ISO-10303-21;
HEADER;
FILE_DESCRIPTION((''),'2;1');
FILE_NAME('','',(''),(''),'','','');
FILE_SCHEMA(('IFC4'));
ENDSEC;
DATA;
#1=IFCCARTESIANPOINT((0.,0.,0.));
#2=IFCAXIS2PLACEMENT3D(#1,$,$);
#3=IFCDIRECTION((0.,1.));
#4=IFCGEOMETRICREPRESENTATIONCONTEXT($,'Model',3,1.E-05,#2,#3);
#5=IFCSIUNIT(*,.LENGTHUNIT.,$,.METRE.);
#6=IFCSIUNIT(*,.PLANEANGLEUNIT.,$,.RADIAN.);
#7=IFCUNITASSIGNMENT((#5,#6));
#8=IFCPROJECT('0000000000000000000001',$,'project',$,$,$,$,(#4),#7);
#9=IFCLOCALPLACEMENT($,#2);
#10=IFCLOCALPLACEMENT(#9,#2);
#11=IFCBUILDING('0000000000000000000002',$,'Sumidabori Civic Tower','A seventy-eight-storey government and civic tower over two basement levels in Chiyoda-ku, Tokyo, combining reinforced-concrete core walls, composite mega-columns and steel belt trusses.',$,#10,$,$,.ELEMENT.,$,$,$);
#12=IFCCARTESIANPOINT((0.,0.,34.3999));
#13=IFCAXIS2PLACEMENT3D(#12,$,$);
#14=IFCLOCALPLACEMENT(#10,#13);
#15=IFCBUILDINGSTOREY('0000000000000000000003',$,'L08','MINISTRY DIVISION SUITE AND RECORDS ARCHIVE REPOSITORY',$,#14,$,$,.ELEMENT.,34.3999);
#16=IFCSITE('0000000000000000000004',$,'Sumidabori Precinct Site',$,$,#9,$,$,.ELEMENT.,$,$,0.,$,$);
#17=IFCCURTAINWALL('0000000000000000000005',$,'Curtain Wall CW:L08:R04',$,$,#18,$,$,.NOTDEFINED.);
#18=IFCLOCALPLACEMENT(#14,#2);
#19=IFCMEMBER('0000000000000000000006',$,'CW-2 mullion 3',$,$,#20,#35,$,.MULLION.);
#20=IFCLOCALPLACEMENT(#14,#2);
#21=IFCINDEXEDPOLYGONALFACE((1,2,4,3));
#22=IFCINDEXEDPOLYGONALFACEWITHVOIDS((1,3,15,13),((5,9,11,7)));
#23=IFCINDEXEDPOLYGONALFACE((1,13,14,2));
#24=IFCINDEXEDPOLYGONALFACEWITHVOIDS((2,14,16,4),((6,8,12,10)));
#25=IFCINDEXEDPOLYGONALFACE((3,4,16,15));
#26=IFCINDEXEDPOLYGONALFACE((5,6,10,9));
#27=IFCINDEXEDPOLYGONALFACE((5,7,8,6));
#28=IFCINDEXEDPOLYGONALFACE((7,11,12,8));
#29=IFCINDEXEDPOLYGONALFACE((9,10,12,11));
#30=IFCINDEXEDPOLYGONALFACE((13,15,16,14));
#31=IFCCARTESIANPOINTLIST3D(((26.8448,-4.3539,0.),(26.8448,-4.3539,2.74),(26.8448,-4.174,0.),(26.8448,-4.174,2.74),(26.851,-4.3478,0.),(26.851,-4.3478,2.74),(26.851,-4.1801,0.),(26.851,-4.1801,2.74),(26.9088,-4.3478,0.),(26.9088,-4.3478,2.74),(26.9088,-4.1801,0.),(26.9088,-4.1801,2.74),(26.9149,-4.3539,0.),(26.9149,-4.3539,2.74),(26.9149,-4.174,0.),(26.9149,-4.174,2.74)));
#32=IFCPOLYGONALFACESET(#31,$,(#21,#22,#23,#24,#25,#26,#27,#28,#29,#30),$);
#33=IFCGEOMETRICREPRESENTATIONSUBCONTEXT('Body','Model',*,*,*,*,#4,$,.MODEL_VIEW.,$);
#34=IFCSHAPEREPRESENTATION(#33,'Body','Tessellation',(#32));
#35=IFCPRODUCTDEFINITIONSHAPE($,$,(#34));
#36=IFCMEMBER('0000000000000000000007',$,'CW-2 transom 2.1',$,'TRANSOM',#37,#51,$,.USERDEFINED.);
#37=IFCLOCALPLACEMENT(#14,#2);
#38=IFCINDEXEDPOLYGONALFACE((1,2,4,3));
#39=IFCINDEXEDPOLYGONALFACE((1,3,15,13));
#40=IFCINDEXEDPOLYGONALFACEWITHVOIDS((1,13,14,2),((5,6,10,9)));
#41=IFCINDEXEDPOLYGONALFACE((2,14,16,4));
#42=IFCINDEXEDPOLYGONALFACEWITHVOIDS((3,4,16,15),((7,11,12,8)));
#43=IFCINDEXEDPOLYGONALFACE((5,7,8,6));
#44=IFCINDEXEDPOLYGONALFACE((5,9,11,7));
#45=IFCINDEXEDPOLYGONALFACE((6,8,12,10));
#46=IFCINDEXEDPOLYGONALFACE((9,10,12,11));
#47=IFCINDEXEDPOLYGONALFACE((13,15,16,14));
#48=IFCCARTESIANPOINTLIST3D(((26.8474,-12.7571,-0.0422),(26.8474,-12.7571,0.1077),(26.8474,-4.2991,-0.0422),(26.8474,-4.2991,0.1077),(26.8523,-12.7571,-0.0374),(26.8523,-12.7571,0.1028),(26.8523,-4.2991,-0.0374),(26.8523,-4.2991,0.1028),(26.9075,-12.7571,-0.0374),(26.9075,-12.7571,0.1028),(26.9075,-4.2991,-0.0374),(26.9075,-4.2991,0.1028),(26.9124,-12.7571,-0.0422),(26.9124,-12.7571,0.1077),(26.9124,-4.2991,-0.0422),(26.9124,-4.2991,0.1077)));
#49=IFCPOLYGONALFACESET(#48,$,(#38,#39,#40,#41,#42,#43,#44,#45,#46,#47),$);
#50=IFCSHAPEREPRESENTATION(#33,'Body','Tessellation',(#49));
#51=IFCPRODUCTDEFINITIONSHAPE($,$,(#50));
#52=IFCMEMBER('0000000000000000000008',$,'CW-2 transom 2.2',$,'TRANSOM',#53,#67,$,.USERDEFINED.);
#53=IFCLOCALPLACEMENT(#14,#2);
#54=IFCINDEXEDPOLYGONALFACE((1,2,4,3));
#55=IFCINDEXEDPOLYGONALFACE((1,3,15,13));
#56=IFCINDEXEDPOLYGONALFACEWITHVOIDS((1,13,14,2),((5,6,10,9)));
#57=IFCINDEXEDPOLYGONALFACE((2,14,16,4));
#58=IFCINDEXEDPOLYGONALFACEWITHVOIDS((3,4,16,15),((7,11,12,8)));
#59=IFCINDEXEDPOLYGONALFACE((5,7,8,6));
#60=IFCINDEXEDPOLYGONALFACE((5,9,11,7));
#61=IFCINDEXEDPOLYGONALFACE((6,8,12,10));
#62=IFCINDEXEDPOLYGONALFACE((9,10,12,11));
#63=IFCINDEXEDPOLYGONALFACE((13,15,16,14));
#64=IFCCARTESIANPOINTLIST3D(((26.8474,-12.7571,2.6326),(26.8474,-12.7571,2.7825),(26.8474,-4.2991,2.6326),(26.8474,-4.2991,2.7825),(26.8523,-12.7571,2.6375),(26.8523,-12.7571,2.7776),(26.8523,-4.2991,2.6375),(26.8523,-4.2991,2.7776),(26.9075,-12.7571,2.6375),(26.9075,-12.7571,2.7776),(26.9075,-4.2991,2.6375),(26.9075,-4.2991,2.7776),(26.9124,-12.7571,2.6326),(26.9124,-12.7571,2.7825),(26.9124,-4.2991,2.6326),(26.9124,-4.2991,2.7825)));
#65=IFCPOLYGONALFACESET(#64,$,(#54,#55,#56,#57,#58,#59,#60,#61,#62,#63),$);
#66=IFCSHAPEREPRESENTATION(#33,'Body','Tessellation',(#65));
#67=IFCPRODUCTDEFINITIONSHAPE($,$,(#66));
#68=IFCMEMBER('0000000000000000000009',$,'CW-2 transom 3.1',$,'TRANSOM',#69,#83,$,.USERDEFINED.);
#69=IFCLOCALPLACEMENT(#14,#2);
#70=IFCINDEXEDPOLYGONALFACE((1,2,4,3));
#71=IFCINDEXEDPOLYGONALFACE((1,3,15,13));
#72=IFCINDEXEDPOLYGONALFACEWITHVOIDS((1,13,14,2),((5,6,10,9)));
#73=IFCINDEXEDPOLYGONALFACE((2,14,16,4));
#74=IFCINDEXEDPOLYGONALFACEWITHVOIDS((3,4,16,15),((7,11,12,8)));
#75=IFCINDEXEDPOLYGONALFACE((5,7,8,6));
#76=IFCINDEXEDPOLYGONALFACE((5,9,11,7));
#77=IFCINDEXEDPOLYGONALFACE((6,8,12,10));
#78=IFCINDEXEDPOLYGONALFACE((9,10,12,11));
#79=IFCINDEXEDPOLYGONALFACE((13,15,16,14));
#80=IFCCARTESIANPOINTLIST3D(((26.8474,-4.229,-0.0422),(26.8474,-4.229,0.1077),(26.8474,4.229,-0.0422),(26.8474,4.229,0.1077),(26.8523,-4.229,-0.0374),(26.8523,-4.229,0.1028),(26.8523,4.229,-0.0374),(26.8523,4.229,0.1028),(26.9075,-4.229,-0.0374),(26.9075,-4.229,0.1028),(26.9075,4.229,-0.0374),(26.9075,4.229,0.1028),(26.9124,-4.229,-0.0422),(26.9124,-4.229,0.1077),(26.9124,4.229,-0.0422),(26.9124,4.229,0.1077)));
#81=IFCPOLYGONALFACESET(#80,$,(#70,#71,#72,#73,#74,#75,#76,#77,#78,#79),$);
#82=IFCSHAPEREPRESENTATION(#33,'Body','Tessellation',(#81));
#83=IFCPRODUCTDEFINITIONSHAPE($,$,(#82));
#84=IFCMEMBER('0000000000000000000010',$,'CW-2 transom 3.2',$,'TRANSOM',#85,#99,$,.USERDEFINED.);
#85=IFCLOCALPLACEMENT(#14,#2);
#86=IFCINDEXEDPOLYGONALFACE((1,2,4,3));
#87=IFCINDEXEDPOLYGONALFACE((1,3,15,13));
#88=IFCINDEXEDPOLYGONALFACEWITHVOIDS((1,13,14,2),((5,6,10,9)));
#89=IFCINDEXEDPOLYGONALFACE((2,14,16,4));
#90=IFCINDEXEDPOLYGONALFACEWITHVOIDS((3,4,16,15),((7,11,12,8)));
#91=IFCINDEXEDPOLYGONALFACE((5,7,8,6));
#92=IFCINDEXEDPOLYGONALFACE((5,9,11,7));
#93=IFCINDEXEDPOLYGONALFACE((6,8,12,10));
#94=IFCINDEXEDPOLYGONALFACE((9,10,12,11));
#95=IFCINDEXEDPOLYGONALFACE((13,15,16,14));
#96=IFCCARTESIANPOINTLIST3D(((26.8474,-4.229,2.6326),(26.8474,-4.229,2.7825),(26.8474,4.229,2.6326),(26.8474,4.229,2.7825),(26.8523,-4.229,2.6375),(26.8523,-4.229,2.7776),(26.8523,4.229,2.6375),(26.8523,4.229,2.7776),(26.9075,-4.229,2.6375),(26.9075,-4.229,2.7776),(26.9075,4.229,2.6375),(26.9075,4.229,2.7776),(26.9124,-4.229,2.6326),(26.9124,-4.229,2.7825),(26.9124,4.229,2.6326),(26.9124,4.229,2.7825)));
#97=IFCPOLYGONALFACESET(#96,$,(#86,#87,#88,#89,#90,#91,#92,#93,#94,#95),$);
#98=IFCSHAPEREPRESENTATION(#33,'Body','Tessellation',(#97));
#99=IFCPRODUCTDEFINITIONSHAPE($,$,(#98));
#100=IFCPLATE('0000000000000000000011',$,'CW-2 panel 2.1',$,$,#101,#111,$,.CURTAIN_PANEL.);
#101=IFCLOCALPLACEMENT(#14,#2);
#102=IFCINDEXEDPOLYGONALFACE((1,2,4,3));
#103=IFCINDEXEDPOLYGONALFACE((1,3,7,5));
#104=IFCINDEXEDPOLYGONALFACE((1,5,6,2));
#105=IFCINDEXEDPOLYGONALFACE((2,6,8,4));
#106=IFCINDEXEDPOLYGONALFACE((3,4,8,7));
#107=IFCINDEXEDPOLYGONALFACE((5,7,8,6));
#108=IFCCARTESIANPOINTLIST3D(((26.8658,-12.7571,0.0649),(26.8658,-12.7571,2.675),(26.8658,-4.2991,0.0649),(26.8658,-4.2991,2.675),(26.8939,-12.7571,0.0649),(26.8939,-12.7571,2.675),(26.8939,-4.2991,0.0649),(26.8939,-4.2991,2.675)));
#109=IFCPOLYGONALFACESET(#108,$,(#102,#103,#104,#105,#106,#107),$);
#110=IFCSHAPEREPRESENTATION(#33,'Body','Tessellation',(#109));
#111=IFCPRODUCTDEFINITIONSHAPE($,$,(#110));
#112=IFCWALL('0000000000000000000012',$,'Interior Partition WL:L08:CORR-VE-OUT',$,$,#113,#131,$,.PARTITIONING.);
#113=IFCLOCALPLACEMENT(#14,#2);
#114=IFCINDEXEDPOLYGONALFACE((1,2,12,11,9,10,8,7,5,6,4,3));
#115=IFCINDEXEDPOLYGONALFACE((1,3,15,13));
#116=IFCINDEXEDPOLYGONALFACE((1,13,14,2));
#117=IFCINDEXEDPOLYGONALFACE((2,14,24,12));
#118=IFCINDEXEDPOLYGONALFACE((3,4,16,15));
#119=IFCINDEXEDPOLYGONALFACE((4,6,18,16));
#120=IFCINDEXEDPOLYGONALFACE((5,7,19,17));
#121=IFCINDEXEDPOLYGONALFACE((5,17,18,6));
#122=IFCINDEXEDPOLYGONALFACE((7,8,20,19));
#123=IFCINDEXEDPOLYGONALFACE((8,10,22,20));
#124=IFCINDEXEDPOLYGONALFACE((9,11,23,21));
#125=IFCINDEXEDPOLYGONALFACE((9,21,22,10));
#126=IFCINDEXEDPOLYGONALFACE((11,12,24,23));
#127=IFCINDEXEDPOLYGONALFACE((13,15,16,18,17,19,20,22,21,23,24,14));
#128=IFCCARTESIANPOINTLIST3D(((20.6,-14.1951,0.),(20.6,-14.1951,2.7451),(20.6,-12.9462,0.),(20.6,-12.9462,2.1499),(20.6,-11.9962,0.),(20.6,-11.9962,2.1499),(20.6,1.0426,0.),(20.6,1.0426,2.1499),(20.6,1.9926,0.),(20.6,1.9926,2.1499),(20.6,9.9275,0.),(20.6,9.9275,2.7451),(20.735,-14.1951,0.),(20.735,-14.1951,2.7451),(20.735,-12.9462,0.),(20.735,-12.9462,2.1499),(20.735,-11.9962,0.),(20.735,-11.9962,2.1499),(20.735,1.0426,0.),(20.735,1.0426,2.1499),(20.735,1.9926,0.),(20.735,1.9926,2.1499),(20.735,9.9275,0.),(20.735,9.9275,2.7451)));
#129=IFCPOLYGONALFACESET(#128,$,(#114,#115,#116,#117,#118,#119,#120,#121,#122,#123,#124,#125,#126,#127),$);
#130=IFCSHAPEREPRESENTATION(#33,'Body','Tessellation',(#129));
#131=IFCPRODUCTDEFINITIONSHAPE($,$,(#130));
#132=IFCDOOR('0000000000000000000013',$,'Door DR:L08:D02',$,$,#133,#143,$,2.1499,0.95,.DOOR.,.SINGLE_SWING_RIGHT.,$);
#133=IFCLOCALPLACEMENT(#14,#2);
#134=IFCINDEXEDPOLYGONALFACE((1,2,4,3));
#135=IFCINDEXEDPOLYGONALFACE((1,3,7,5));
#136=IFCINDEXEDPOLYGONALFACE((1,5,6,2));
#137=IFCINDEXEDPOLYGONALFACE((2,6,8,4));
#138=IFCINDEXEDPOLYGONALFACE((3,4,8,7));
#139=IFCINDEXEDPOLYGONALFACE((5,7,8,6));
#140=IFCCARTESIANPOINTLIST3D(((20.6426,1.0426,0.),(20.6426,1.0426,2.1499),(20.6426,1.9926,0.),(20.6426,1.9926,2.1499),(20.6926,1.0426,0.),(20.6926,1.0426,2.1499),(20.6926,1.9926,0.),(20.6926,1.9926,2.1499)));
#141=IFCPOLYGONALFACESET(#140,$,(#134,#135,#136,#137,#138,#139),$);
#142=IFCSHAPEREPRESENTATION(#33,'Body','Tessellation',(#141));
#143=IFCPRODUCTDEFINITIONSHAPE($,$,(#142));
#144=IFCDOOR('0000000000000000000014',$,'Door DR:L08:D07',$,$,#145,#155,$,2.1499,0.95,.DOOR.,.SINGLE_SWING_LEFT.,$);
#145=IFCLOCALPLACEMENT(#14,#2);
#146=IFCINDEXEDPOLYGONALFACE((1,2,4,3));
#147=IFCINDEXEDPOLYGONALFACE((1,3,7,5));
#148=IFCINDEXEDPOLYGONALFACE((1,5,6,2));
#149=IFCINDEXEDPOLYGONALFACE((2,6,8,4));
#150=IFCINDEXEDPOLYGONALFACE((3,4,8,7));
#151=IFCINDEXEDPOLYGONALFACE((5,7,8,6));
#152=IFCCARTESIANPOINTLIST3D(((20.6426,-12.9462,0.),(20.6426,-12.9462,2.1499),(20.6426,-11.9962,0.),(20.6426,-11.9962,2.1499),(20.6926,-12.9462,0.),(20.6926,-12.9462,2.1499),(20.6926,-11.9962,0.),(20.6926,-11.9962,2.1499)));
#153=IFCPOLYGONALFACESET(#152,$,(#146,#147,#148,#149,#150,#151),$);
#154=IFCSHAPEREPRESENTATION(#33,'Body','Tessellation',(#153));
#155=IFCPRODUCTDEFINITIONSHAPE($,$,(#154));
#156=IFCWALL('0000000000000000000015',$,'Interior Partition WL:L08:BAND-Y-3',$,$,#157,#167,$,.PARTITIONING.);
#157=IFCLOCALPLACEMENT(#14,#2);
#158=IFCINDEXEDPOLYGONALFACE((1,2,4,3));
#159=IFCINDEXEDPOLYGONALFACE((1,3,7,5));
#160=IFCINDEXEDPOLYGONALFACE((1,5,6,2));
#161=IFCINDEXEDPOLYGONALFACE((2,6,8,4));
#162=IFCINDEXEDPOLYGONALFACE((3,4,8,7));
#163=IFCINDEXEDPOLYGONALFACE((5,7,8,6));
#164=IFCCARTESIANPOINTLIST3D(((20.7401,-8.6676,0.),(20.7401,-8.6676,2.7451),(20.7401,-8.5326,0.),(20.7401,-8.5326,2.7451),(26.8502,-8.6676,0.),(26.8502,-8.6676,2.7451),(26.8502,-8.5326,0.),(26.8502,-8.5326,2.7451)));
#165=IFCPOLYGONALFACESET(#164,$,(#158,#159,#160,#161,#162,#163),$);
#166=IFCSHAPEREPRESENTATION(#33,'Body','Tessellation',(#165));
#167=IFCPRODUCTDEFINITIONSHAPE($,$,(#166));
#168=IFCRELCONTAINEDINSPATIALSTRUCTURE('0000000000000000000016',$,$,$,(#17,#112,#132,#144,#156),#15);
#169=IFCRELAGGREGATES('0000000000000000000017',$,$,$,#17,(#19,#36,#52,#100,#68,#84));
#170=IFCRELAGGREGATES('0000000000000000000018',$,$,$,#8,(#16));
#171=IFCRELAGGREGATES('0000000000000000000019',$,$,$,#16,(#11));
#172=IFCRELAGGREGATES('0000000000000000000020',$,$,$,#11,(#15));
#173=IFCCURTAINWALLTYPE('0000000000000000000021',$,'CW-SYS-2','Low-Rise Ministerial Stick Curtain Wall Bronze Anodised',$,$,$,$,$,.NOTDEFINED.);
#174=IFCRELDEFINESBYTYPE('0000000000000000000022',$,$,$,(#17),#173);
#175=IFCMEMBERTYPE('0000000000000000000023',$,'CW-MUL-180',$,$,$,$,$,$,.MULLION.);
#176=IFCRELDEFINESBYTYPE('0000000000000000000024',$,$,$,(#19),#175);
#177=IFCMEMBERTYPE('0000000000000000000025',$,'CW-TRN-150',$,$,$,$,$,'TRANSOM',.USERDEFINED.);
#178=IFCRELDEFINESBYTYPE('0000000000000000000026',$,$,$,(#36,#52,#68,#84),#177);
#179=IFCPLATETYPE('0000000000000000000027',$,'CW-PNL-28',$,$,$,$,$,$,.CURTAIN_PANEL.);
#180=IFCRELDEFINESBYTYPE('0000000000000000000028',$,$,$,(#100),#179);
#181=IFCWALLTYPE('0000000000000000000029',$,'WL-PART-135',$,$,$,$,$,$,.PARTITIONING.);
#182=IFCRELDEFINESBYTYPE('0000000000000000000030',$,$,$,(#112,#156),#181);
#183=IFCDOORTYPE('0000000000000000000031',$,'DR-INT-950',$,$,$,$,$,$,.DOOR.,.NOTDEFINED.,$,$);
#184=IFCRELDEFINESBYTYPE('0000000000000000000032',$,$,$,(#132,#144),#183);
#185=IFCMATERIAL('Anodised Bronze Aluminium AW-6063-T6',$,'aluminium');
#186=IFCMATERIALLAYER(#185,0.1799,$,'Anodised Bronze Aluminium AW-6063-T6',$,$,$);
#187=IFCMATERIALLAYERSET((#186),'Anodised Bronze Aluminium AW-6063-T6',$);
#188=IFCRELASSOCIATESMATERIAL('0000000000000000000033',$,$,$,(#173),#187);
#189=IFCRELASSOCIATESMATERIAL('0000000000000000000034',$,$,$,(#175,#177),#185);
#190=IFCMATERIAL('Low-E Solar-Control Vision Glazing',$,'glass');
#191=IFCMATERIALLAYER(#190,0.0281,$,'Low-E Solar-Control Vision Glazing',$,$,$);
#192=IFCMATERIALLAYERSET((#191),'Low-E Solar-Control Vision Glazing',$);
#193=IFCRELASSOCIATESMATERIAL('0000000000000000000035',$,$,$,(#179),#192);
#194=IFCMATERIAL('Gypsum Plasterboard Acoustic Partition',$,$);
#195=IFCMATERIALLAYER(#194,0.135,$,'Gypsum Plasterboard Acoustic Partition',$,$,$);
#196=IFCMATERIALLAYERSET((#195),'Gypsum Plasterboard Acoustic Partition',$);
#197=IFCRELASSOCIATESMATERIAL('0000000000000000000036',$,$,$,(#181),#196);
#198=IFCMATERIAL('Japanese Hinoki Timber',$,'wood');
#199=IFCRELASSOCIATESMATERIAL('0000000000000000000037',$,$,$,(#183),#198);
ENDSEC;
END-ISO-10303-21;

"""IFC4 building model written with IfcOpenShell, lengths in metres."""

from ifc_helpers import new_model, si_unit, direction, frame, frame_2d, origin, origin_2d, place, context, subcontext, project, spatial, rectangle, hollow_rectangle, extrude, source, transform, mapped, material, layer, layer_set, material_profile, profile_set, type_object, element, fill, aggregate, save


model = new_model("IFC4")

# Units and contexts
model_context = context("Model", 3, precision=1e-05, world=origin(), true_north=direction((0.0, 1.0)))
body_context = subcontext(model_context, "Body", "Model", "MODEL_VIEW")
ifc_project = project(units=[si_unit("LENGTHUNIT", "METRE"), si_unit("PLANEANGLEUNIT", "RADIAN")], contexts=[model_context])

# Site, building, storey
site_placement = place(None, origin())
site = spatial("IfcSite", under=ifc_project, at=site_placement, Name="Sumidabori Precinct Site", CompositionType="ELEMENT", RefElevation=0.0)
building_placement = place(site_placement, origin())
building = spatial("IfcBuilding", under=site, at=building_placement, Name="Sumidabori Civic Tower", Description="A seventy-eight-storey government and civic tower over two basement levels in Chiyoda-ku, Tokyo, combining reinforced-concrete core walls, composite mega-columns and steel belt trusses.", CompositionType="ELEMENT")
storey_placement = place(building_placement, frame((0.0, 0.0, 34.3999)))
storey = spatial("IfcBuildingStorey", under=building, at=storey_placement, Name="L08", Description="MINISTRY DIVISION SUITE AND RECORDS ARCHIVE REPOSITORY", CompositionType="ELEMENT", Elevation=34.3999)

# Curtain wall, members, plate
ifc_material_1 = material(Name="Anodised Bronze Aluminium AW-6063-T6", Category="aluminium")
ifc_layer_1 = layer(ifc_material_1, 0.1799, Name="Anodised Bronze Aluminium AW-6063-T6")
ifc_layer_set_1 = layer_set([ifc_layer_1], Name="Anodised Bronze Aluminium AW-6063-T6")
curtain_wall_type = type_object("IfcCurtainWallType", Name="CW-SYS-2", Description="Low-Rise Ministerial Stick Curtain Wall Bronze Anodised", PredefinedType="NOTDEFINED", material=ifc_layer_set_1)
curtain_wall_placement = place(storey_placement, origin())
curtain_wall = element("IfcCurtainWall", 1, at=curtain_wall_placement, inside=storey, type_object=curtain_wall_type, Name="Curtain Wall CW:L08:R04", PredefinedType="NOTDEFINED")
ifc_material_profile_1 = material_profile(ifc_material_1, hollow_rectangle(XDim=0.0701, YDim=0.1799, WallThickness=0.0061, at=origin_2d()), Name="ALU MULLION 180x70")
ifc_profile_set_1 = profile_set([ifc_material_profile_1], Name="Anodised Bronze Aluminium AW-6063-T6")
member_type_1 = type_object("IfcMemberType", Name="CW-MUL-180", PredefinedType="MULLION", material=ifc_profile_set_1)
shared_shape_1 = source(origin(), body_context, "Body", "SweptSolid", [
    extrude(hollow_rectangle(XDim=0.0701, YDim=0.1799, WallThickness=0.0061, at=origin_2d()), origin(), (0.0, 0.0, 1.0), 2.74),
])
member_1_placement = place(storey_placement, frame((26.8799, -4.2639, 0.0), z_axis=(0.0, 0.0, 1.0), x_axis=(-1.0, 0.0, 0.0)))
member_1 = element("IfcMember", 2, at=member_1_placement, type_object=member_type_1, Name="CW-2 mullion 3", PredefinedType="MULLION", context=body_context, shape_type="MappedRepresentation", body=[
    mapped(shared_shape_1, transform((0.0, 0.0, 0.0), x_axis=(1.0, 0.0, 0.0), y_axis=(0.0, 1.0, 0.0), z_axis=(0.0, 0.0, 1.0), scale=1.0)),
])
ifc_material_profile_2 = material_profile(ifc_material_1, hollow_rectangle(XDim=0.0649, YDim=0.1499, WallThickness=0.0049, at=origin_2d()), Name="ALU TRANSOM 150x65")
ifc_profile_set_2 = profile_set([ifc_material_profile_2], Name="Anodised Bronze Aluminium AW-6063-T6")
member_type_2 = type_object("IfcMemberType", Name="CW-TRN-150", ElementType="TRANSOM", PredefinedType="USERDEFINED", material=ifc_profile_set_2)
shared_shape_2 = source(origin(), body_context, "Body", "SweptSolid", [
    extrude(hollow_rectangle(XDim=0.0649, YDim=0.1499, WallThickness=0.0049, at=origin_2d()), origin(), (0.0, 0.0, 1.0), 8.458),
])
member_2_placement = place(storey_placement, frame((26.8799, -12.7571, 0.0327), z_axis=(0.0, 1.0, 0.0), x_axis=(-1.0, 0.0, 0.0)))
member_2 = element("IfcMember", 3, at=member_2_placement, type_object=member_type_2, Name="CW-2 transom 2.1", ObjectType="TRANSOM", PredefinedType="USERDEFINED", context=body_context, shape_type="MappedRepresentation", body=[
    mapped(shared_shape_2, transform((0.0, 0.0, 0.0), x_axis=(1.0, 0.0, 0.0), y_axis=(0.0, 1.0, 0.0), z_axis=(0.0, 0.0, 1.0), scale=1.0)),
])
member_3_placement = place(storey_placement, frame((26.8799, -12.7571, 2.7075), z_axis=(0.0, 1.0, 0.0), x_axis=(-1.0, 0.0, 0.0)))
member_3 = element("IfcMember", 4, at=member_3_placement, type_object=member_type_2, Name="CW-2 transom 2.2", ObjectType="TRANSOM", PredefinedType="USERDEFINED", context=body_context, shape_type="MappedRepresentation", body=[
    mapped(shared_shape_2, transform((0.0, 0.0, 0.0), x_axis=(1.0, 0.0, 0.0), y_axis=(0.0, 1.0, 0.0), z_axis=(0.0, 0.0, 1.0), scale=1.0)),
])
member_4_placement = place(storey_placement, frame((26.8799, -4.229, 0.0327), z_axis=(0.0, 1.0, 0.0), x_axis=(-1.0, 0.0, 0.0)))
member_4 = element("IfcMember", 5, at=member_4_placement, type_object=member_type_2, Name="CW-2 transom 3.1", ObjectType="TRANSOM", PredefinedType="USERDEFINED", context=body_context, shape_type="MappedRepresentation", body=[
    mapped(shared_shape_2, transform((0.0, 0.0, 0.0), x_axis=(1.0, 0.0, 0.0), y_axis=(0.0, 1.0, 0.0), z_axis=(0.0, 0.0, 1.0), scale=1.0)),
])
member_5_placement = place(storey_placement, frame((26.8799, -4.229, 2.7075), z_axis=(0.0, 1.0, 0.0), x_axis=(-1.0, 0.0, 0.0)))
member_5 = element("IfcMember", 6, at=member_5_placement, type_object=member_type_2, Name="CW-2 transom 3.2", ObjectType="TRANSOM", PredefinedType="USERDEFINED", context=body_context, shape_type="MappedRepresentation", body=[
    mapped(shared_shape_2, transform((0.0, 0.0, 0.0), x_axis=(1.0, 0.0, 0.0), y_axis=(0.0, 1.0, 0.0), z_axis=(0.0, 0.0, 1.0), scale=1.0)),
])
ifc_material_2 = material(Name="Low-E Solar-Control Vision Glazing", Category="glass")
ifc_layer_2 = layer(ifc_material_2, 0.0281, Name="Low-E Solar-Control Vision Glazing")
ifc_layer_set_2 = layer_set([ifc_layer_2], Name="Low-E Solar-Control Vision Glazing")
plate_type = type_object("IfcPlateType", Name="CW-PNL-28", PredefinedType="CURTAIN_PANEL", material=ifc_layer_set_2)
shared_shape_3 = source(origin(), body_context, "Body", "SweptSolid", [
    extrude(rectangle(XDim=8.458, YDim=0.0281, at=origin_2d()), origin(), (0.0, 0.0, 1.0), 2.6101),
])
plate_placement = place(storey_placement, frame((26.8799, -8.5281, 0.0649), z_axis=(0.0, 0.0, 1.0), x_axis=(0.0, 1.0, 0.0)))
plate = element("IfcPlate", 7, at=plate_placement, type_object=plate_type, Name="CW-2 panel 2.1", PredefinedType="CURTAIN_PANEL", context=body_context, shape_type="MappedRepresentation", body=[
    mapped(shared_shape_3, transform((0.0, 0.0, 0.0), x_axis=(1.0, 0.0, 0.0), y_axis=(0.0, 1.0, 0.0), z_axis=(0.0, 0.0, 1.0), scale=1.0)),
])
aggregate(curtain_wall, [member_1, member_2, member_3, plate, member_4, member_5])

# Wall, openings, doors
ifc_material_3 = material(Name="Gypsum Plasterboard Acoustic Partition")
ifc_layer_3 = layer(ifc_material_3, 0.135, Name="Gypsum Plasterboard Acoustic Partition")
ifc_layer_set_3 = layer_set([ifc_layer_3], Name="Gypsum Plasterboard Acoustic Partition")
wall_type = type_object("IfcWallType", Name="WL-PART-135", PredefinedType="PARTITIONING", material=ifc_layer_set_3)
shared_shape_4 = source(origin(), body_context, "Body", "SweptSolid", [
    extrude(rectangle(XDim=24.1226, YDim=0.135, at=frame_2d((12.0613, 0.0))), origin(), (0.0, 0.0, 1.0), 2.7451),
])
wall_1_placement = place(storey_placement, frame((20.6675, -14.1951, 0.0), z_axis=(0.0, 0.0, 1.0), x_axis=(0.0, 1.0, 0.0)))
wall_1 = element("IfcWall", 8, at=wall_1_placement, inside=storey, type_object=wall_type, Name="Interior Partition WL:L08:CORR-VE-OUT", PredefinedType="PARTITIONING", context=body_context, shape_type="MappedRepresentation", body=[
    mapped(shared_shape_4, transform((0.0, 0.0, 0.0), x_axis=(1.0, 0.0, 0.0), y_axis=(0.0, 1.0, 0.0), z_axis=(0.0, 0.0, 1.0), scale=1.0)),
])
opening_1_placement = place(wall_1_placement, frame((15.2375, 0.0, 0.0)))
opening_1 = element("IfcOpeningElement", 9, at=opening_1_placement, cuts=wall_1, PredefinedType="OPENING", context=body_context, shape_type="SweptSolid", body=[
    extrude(rectangle(XDim=0.95, YDim=2.1499, at=frame_2d((0.4751, 1.075))), frame((0.0, 0.0796, 0.0), z_axis=(0.0, -1.0, 0.0), x_axis=(1.0, 0.0, 0.0)), (0.0, 0.0, 1.0), 0.1589),
])
opening_2_placement = place(wall_1_placement, frame((1.2488, 0.0, 0.0)))
opening_2 = element("IfcOpeningElement", 10, at=opening_2_placement, cuts=wall_1, PredefinedType="OPENING", context=body_context, shape_type="SweptSolid", body=[
    extrude(rectangle(XDim=0.95, YDim=2.1499, at=frame_2d((0.4751, 1.075))), frame((0.0, 0.0796, 0.0), z_axis=(0.0, -1.0, 0.0), x_axis=(1.0, 0.0, 0.0)), (0.0, 0.0, 1.0), 0.1589),
])
ifc_material_4 = material(Name="Japanese Hinoki Timber", Category="wood")
door_type = type_object("IfcDoorType", Name="DR-INT-950", OperationType="NOTDEFINED", PredefinedType="DOOR", material=ifc_material_4)
shared_shape_5 = source(origin(), body_context, "Body", "SweptSolid", [
    extrude(rectangle(XDim=0.95, YDim=2.1499, at=frame_2d((0.4751, 1.075))), frame((0.0, 0.0249, 0.0), z_axis=(0.0, -1.0, 0.0), x_axis=(1.0, 0.0, 0.0)), (0.0, 0.0, 1.0), 0.05),
])
door_1_placement = place(opening_1_placement, origin())
door_1 = element("IfcDoor", 11, at=door_1_placement, inside=storey, type_object=door_type, Name="Door DR:L08:D02", OperationType="SINGLE_SWING_RIGHT", OverallHeight=2.1499, OverallWidth=0.95, PredefinedType="DOOR", context=body_context, shape_type="MappedRepresentation", body=[
    mapped(shared_shape_5, transform((0.0, 0.0, 0.0), x_axis=(1.0, 0.0, 0.0), y_axis=(0.0, 1.0, 0.0), z_axis=(0.0, 0.0, 1.0), scale=1.0)),
])
fill(opening_1, door_1)
door_2_placement = place(opening_2_placement, origin())
door_2 = element("IfcDoor", 12, at=door_2_placement, inside=storey, type_object=door_type, Name="Door DR:L08:D07", OperationType="SINGLE_SWING_LEFT", OverallHeight=2.1499, OverallWidth=0.95, PredefinedType="DOOR", context=body_context, shape_type="MappedRepresentation", body=[
    mapped(shared_shape_5, transform((0.0, 0.0, 0.0), x_axis=(1.0, 0.0, 0.0), y_axis=(0.0, 1.0, 0.0), z_axis=(0.0, 0.0, 1.0), scale=1.0)),
])
fill(opening_2, door_2)

# Wall
shared_shape_6 = source(origin(), body_context, "Body", "SweptSolid", [
    extrude(rectangle(XDim=6.1101, YDim=0.135, at=frame_2d((3.0552, 0.0))), origin(), (0.0, 0.0, 1.0), 2.7451),
])
wall_2_placement = place(storey_placement, frame((20.74, -8.6001, 0.0), z_axis=(0.0, 0.0, 1.0), x_axis=(1.0, 0.0, 0.0)))
element("IfcWall", 13, at=wall_2_placement, inside=storey, type_object=wall_type, Name="Interior Partition WL:L08:BAND-Y-3", PredefinedType="PARTITIONING", context=body_context, shape_type="MappedRepresentation", body=[
    mapped(shared_shape_6, transform((0.0, 0.0, 0.0), x_axis=(1.0, 0.0, 0.0), y_axis=(0.0, 1.0, 0.0), z_axis=(0.0, 0.0, 1.0), scale=1.0)),
])

save(model, "model.ifc")
